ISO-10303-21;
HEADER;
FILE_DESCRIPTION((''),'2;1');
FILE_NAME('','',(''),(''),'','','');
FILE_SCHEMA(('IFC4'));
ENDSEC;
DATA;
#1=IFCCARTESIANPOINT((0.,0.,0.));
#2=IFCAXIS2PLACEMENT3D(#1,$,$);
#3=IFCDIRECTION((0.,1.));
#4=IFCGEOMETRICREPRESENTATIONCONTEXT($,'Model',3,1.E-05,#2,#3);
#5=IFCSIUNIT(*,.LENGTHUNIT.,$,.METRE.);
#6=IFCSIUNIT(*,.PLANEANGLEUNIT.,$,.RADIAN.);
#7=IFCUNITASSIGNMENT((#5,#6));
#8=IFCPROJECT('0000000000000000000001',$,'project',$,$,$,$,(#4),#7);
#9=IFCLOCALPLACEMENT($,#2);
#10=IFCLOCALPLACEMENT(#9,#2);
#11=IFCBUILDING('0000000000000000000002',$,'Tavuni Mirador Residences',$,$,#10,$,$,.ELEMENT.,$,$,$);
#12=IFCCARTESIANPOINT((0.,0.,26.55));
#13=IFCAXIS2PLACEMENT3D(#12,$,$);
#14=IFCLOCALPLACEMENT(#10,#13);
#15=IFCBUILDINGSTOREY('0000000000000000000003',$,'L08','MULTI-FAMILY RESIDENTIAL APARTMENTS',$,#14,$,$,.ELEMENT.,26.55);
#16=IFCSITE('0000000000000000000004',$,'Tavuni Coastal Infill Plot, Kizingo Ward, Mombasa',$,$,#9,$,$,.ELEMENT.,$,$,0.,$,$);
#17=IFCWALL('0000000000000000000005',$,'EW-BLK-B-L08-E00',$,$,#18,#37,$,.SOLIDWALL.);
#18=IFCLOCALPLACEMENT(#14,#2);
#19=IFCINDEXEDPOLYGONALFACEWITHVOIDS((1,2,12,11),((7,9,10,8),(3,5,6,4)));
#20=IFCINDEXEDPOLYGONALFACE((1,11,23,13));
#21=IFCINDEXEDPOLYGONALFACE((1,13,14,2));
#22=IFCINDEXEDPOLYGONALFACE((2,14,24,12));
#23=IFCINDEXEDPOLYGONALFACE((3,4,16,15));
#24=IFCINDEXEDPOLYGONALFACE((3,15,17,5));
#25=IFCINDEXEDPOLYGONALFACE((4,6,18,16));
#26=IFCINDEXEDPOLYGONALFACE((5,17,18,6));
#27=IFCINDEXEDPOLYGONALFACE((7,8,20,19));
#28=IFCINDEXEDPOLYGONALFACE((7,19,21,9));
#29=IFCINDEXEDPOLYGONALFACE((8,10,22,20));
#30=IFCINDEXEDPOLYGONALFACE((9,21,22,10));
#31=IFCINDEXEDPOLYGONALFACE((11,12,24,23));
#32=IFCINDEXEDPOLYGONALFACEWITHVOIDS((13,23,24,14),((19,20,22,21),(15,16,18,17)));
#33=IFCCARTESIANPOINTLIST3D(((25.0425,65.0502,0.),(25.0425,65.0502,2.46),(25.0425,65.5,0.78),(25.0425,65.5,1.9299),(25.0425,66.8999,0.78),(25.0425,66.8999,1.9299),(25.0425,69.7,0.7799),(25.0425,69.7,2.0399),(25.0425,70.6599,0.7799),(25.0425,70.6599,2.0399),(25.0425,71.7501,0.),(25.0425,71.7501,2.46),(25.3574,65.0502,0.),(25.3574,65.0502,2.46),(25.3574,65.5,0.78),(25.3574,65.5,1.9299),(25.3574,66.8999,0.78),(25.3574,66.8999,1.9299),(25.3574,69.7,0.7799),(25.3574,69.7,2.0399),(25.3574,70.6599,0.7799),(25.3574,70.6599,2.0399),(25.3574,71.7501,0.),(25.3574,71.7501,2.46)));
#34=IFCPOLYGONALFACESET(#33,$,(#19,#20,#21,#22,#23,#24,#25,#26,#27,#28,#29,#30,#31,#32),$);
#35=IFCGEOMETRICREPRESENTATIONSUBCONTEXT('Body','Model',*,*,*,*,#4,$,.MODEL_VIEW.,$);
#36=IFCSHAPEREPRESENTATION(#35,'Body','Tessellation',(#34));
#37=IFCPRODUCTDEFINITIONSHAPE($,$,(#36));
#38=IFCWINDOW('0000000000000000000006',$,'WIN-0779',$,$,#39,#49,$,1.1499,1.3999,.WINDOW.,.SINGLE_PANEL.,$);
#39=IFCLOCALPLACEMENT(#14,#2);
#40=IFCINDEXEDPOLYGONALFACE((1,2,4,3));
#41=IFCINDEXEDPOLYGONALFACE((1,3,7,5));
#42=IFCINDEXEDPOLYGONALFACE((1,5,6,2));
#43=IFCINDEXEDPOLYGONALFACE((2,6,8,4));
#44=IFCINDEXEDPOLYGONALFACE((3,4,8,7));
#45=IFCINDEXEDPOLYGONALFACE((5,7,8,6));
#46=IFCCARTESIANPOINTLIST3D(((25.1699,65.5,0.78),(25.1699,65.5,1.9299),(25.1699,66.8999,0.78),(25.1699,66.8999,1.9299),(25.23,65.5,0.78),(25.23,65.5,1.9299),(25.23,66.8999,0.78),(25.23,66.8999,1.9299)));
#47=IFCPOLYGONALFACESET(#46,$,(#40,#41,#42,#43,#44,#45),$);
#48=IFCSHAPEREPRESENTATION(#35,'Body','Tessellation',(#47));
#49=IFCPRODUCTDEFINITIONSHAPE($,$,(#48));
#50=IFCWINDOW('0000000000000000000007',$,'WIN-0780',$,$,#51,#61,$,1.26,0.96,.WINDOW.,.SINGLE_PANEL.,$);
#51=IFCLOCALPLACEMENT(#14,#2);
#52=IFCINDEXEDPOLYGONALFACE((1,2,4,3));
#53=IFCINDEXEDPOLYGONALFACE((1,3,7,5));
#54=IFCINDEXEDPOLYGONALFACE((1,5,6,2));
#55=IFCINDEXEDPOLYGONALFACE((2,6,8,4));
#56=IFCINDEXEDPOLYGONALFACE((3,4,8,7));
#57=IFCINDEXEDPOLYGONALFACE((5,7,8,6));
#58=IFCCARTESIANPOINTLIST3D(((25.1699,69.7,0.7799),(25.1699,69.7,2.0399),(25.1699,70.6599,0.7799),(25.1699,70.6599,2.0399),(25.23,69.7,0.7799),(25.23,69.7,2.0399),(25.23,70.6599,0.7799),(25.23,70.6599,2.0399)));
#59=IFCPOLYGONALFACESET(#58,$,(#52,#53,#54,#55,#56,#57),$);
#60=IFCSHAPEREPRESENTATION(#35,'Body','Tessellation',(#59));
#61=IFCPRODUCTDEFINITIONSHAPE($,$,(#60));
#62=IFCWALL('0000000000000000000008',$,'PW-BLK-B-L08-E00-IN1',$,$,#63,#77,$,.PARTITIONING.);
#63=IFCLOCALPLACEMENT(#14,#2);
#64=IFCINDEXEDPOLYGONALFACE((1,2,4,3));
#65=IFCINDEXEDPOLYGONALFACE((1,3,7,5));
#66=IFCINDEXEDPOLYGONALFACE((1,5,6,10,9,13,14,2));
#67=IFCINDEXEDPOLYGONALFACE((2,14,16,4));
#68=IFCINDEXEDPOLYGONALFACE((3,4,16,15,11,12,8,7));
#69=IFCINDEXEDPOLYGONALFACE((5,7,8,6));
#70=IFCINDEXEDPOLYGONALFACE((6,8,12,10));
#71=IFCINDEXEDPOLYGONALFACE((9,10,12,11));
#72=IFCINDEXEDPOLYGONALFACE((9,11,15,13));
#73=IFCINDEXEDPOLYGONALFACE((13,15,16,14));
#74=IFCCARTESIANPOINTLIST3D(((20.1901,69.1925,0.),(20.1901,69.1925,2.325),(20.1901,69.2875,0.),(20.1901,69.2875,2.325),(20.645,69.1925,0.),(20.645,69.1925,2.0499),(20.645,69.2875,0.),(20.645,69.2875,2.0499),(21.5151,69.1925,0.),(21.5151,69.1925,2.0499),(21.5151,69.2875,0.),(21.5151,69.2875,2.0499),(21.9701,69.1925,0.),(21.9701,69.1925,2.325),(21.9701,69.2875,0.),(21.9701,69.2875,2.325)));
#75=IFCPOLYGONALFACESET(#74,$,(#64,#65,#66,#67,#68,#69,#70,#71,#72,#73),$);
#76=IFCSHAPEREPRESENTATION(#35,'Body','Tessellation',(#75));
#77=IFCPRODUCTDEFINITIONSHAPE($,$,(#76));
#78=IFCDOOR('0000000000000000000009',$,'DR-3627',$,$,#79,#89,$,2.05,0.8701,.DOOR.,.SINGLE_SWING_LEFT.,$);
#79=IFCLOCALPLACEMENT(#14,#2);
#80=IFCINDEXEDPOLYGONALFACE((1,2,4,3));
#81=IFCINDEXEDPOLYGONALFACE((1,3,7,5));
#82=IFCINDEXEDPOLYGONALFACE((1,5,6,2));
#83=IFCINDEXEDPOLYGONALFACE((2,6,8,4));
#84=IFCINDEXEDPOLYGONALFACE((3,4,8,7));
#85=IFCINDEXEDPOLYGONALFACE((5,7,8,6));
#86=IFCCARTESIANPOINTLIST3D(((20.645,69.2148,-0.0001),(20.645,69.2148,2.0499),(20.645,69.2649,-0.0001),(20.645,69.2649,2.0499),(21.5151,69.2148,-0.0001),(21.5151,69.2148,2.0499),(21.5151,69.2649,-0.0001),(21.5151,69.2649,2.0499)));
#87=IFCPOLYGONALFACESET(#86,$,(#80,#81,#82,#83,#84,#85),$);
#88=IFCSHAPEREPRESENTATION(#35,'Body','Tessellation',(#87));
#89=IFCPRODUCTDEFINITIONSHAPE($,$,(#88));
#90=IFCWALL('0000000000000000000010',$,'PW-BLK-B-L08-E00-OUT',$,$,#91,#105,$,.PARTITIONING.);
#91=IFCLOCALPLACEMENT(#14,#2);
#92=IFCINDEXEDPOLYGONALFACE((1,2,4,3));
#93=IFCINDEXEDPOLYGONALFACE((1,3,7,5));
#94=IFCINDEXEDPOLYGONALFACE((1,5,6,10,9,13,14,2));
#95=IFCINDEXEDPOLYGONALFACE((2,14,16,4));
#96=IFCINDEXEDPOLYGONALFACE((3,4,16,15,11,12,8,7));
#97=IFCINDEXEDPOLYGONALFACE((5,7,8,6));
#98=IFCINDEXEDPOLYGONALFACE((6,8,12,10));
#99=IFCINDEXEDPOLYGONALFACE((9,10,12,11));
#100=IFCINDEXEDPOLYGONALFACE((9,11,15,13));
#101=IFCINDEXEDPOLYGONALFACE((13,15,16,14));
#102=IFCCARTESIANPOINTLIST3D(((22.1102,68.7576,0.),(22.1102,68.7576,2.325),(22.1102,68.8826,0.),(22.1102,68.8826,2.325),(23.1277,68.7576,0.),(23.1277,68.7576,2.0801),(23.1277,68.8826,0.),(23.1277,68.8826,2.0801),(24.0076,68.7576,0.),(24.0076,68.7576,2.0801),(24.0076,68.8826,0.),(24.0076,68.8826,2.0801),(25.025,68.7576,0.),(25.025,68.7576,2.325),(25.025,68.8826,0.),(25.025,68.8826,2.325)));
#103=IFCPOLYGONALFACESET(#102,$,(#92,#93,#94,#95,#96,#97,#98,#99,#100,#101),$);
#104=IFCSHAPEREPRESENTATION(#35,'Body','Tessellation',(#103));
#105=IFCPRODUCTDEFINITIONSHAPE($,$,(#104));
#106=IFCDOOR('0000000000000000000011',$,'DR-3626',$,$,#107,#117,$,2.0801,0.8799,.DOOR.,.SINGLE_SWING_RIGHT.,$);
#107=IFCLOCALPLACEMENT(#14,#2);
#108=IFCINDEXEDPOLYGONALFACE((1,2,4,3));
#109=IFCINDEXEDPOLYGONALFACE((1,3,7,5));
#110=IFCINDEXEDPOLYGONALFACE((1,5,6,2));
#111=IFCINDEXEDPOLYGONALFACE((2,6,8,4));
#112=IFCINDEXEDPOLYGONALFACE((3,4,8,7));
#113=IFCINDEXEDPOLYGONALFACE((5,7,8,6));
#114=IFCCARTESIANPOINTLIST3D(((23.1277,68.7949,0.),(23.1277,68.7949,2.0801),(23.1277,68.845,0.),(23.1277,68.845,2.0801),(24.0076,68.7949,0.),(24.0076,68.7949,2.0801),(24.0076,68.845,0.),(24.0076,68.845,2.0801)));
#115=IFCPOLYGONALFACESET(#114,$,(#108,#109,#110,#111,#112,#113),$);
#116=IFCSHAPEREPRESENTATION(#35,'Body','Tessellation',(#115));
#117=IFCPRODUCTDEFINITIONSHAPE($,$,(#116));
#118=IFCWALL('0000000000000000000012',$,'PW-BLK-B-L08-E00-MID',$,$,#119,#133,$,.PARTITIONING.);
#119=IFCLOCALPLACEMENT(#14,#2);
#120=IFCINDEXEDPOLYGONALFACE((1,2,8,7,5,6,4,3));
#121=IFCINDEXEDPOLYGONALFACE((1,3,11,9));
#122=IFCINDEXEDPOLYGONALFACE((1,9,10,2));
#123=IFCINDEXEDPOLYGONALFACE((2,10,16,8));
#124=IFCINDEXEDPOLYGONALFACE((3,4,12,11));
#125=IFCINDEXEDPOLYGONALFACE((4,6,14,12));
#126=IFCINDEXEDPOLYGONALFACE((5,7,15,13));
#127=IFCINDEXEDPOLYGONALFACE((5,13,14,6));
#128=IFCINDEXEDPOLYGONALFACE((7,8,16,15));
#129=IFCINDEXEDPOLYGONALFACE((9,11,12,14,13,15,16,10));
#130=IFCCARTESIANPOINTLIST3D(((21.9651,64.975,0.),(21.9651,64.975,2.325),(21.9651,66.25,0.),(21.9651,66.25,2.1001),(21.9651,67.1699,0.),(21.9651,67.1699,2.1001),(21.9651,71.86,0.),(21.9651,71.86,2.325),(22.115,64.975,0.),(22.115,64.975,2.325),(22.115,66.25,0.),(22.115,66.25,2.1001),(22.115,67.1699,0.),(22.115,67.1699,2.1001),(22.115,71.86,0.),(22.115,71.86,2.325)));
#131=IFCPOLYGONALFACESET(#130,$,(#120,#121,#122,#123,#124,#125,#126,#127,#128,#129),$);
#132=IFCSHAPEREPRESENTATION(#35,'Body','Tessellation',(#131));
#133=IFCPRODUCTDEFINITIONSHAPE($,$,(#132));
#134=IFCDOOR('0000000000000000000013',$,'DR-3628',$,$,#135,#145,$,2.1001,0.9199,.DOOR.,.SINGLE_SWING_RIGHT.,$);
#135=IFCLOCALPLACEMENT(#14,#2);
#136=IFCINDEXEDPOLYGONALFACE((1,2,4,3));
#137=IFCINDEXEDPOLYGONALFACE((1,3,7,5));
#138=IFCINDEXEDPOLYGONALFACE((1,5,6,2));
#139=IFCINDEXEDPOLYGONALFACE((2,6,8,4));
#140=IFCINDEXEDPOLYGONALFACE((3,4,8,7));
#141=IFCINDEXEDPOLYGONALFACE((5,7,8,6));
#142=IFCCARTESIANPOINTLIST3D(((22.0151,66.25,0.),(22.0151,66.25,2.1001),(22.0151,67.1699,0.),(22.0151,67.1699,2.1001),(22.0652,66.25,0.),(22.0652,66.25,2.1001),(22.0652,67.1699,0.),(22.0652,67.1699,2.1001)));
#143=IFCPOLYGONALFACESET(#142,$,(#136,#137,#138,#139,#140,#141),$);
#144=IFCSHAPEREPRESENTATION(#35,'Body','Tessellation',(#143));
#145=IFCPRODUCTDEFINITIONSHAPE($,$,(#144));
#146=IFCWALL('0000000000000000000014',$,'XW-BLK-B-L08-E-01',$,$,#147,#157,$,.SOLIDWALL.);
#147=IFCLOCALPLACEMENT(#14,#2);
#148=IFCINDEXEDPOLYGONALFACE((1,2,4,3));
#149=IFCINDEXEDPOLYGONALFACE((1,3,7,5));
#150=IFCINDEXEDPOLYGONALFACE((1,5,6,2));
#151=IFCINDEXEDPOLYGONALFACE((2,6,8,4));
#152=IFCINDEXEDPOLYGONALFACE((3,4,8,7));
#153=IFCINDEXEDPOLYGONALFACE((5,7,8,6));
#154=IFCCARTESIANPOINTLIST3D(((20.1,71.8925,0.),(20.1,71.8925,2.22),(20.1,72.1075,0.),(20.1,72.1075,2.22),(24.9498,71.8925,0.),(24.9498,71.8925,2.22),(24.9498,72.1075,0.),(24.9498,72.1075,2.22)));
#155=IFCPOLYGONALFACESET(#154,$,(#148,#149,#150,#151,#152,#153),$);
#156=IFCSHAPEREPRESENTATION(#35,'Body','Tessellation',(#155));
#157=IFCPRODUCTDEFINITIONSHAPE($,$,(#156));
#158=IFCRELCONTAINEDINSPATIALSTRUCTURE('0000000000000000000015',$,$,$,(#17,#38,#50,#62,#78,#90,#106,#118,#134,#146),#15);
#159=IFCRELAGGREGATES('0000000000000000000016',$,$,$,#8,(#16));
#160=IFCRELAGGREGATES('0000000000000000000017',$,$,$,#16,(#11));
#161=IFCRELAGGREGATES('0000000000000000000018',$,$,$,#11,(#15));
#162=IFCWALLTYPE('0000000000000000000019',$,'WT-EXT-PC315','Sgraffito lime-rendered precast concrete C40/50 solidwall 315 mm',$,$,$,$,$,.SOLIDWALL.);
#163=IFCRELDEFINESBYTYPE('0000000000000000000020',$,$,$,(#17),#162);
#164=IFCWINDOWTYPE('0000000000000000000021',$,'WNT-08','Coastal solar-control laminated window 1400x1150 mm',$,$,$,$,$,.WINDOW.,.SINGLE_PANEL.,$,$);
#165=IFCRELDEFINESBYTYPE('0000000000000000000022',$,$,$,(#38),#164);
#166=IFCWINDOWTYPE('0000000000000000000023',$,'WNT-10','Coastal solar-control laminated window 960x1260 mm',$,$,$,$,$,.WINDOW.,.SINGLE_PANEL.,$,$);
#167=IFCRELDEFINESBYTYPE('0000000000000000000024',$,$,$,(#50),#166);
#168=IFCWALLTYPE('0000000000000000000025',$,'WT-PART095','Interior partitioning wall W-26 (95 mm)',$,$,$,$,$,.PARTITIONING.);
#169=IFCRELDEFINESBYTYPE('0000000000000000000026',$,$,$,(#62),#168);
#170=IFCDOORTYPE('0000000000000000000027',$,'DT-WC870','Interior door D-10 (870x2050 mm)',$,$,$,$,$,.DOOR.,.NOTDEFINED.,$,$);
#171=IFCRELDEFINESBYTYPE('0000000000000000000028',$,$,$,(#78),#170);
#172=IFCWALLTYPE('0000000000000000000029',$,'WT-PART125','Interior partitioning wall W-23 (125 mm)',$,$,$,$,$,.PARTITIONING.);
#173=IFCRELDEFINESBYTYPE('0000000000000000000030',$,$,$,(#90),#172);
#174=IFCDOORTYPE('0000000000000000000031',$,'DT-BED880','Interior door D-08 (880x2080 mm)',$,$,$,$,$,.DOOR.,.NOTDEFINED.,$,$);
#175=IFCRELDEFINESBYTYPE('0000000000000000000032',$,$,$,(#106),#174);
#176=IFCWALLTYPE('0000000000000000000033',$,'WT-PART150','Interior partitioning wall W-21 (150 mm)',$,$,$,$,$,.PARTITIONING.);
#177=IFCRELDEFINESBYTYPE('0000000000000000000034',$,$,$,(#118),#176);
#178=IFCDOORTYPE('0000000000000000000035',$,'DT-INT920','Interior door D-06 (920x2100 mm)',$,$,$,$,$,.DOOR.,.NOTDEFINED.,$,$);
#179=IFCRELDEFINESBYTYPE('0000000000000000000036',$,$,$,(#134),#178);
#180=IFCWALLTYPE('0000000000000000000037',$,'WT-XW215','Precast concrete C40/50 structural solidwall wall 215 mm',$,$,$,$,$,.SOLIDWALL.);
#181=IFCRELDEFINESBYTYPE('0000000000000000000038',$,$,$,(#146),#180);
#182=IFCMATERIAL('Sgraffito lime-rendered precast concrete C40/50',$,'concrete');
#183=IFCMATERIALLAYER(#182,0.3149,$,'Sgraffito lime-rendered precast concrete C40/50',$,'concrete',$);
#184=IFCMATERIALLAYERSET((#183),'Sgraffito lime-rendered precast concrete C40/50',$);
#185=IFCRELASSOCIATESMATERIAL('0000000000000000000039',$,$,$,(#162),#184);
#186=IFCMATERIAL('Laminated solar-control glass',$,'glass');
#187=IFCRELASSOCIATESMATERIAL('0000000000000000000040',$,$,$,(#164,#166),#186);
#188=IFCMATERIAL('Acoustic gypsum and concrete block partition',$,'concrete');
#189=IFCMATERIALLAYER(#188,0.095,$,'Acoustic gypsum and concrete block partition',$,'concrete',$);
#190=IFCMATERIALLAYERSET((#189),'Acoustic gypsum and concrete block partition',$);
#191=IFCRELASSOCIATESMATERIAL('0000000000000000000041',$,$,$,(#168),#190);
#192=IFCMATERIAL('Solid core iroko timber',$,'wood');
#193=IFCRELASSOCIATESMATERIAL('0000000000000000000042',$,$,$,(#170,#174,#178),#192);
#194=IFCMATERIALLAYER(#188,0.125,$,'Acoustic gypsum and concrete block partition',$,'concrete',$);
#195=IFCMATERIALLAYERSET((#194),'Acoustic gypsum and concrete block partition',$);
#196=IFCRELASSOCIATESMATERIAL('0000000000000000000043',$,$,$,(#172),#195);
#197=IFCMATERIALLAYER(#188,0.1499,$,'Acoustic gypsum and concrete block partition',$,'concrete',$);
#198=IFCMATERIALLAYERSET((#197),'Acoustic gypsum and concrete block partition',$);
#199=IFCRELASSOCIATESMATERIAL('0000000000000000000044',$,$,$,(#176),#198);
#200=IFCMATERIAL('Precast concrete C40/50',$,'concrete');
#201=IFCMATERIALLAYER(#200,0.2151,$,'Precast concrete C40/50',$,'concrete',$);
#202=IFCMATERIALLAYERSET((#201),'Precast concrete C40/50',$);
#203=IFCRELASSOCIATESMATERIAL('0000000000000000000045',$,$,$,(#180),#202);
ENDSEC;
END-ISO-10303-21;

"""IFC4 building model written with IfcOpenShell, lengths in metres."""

from ifc_helpers import new_model, si_unit, direction, frame, frame_2d, origin, place, context, subcontext, project, spatial, rectangle, extrude, material, layer, layer_set, type_object, element, fill, save


model = new_model("IFC4")

# Units and contexts
model_context = context("Model", 3, precision=1e-05, world=origin(), true_north=direction((0.0, 1.0)))
body_context = subcontext(model_context, "Body", "Model", "MODEL_VIEW")
ifc_project = project(units=[si_unit("LENGTHUNIT", "METRE"), si_unit("PLANEANGLEUNIT", "RADIAN")], contexts=[model_context])

# Site, building, storey
site_placement = place(None, origin())
site = spatial("IfcSite", under=ifc_project, at=site_placement, Name="Tavuni Coastal Infill Plot, Kizingo Ward, Mombasa", CompositionType="ELEMENT", RefElevation=0.0)
building_placement = place(site_placement, origin())
building = spatial("IfcBuilding", under=site, at=building_placement, Name="Tavuni Mirador Residences", CompositionType="ELEMENT")
storey_placement = place(building_placement, frame((0.0, 0.0, 26.55)))
storey = spatial("IfcBuildingStorey", under=building, at=storey_placement, Name="L08", Description="MULTI-FAMILY RESIDENTIAL APARTMENTS", CompositionType="ELEMENT", Elevation=26.55)

# Shared definitions
ifc_material_1 = material(Name="Precast concrete C40/50", Category="concrete")

# Shared definitions
ifc_material_2 = material(Name="Solid core iroko timber", Category="wood")

# Wall, openings, windows
ifc_material_3 = material(Name="Sgraffito lime-rendered precast concrete C40/50", Category="concrete")
ifc_material_4 = material(Name="Laminated solar-control glass", Category="glass")
ifc_layer_1 = layer(ifc_material_3, 0.3149, Name="Sgraffito lime-rendered precast concrete C40/50", Category="concrete")
ifc_layer_set_1 = layer_set([ifc_layer_1], Name="Sgraffito lime-rendered precast concrete C40/50")
wall_type_1 = type_object("IfcWallType", Name="WT-EXT-PC315", Description="Sgraffito lime-rendered precast concrete C40/50 solidwall 315 mm", PredefinedType="SOLIDWALL", material=ifc_layer_set_1)
wall_1_placement = place(storey_placement, frame((25.2, 65.05, 0.0), z_axis=(0.0, 0.0, 1.0), x_axis=(0.0, 1.0, 0.0)))
wall_1 = element("IfcWall", 1, at=wall_1_placement, inside=storey, type_object=wall_type_1, Name="EW-BLK-B-L08-E00", PredefinedType="SOLIDWALL", context=body_context, shape_type="SweptSolid", body=[
    extrude(rectangle(XDim=6.7, YDim=0.3149, at=frame_2d((3.3501, 0.0))), origin(), (0.0, 0.0, 1.0), 2.46),
])
opening_1_placement = place(wall_1_placement, frame((0.45, 0.0, 0.78)))
opening_1 = element("IfcOpeningElement", 2, at=opening_1_placement, cuts=wall_1, PredefinedType="OPENING", context=body_context, shape_type="SweptSolid", body=[
    extrude(rectangle(XDim=1.3999, YDim=1.1499, at=frame_2d((0.7, 0.575))), frame((0.0, 0.1675, 0.0), z_axis=(0.0, -1.0, 0.0), x_axis=(1.0, 0.0, 0.0)), (0.0, 0.0, 1.0), 0.335),
])
opening_2_placement = place(wall_1_placement, frame((4.6499, 0.0, 0.78)))
opening_2 = element("IfcOpeningElement", 3, at=opening_2_placement, cuts=wall_1, PredefinedType="OPENING", context=body_context, shape_type="SweptSolid", body=[
    extrude(rectangle(XDim=0.96, YDim=1.26, at=frame_2d((0.48, 0.6299))), frame((0.0, 0.1675, 0.0), z_axis=(0.0, -1.0, 0.0), x_axis=(1.0, 0.0, 0.0)), (0.0, 0.0, 1.0), 0.335),
])
window_type_1 = type_object("IfcWindowType", Name="WNT-08", Description="Coastal solar-control laminated window 1400x1150 mm", PartitioningType="SINGLE_PANEL", PredefinedType="WINDOW", material=ifc_material_4)
window_1_placement = place(opening_1_placement, origin())
window_1 = element("IfcWindow", 4, at=window_1_placement, inside=storey, type_object=window_type_1, Name="WIN-0779", OverallHeight=1.1499, OverallWidth=1.3999, PartitioningType="SINGLE_PANEL", PredefinedType="WINDOW", context=body_context, shape_type="SweptSolid", body=[
    extrude(rectangle(XDim=1.3999, YDim=1.1499, at=frame_2d((0.7, 0.575))), frame((0.0, 0.03, 0.0), z_axis=(0.0, -1.0, 0.0), x_axis=(1.0, 0.0, 0.0)), (0.0, 0.0, 1.0), 0.0601),
])
fill(opening_1, window_1)
window_type_2 = type_object("IfcWindowType", Name="WNT-10", Description="Coastal solar-control laminated window 960x1260 mm", PartitioningType="SINGLE_PANEL", PredefinedType="WINDOW", material=ifc_material_4)
window_2_placement = place(opening_2_placement, origin())
window_2 = element("IfcWindow", 5, at=window_2_placement, inside=storey, type_object=window_type_2, Name="WIN-0780", OverallHeight=1.26, OverallWidth=0.96, PartitioningType="SINGLE_PANEL", PredefinedType="WINDOW", context=body_context, shape_type="SweptSolid", body=[
    extrude(rectangle(XDim=0.96, YDim=1.26, at=frame_2d((0.48, 0.6299))), frame((0.0, 0.03, 0.0), z_axis=(0.0, -1.0, 0.0), x_axis=(1.0, 0.0, 0.0)), (0.0, 0.0, 1.0), 0.0601),
])
fill(opening_2, window_2)

# Walls, openings, doors
ifc_material_5 = material(Name="Acoustic gypsum and concrete block partition", Category="concrete")
ifc_layer_2 = layer(ifc_material_5, 0.095, Name="Acoustic gypsum and concrete block partition", Category="concrete")
ifc_layer_set_2 = layer_set([ifc_layer_2], Name="Acoustic gypsum and concrete block partition")
wall_type_2 = type_object("IfcWallType", Name="WT-PART095", Description="Interior partitioning wall W-26 (95 mm)", PredefinedType="PARTITIONING", material=ifc_layer_set_2)
wall_2_placement = place(storey_placement, frame((20.1899, 69.24, 0.0), z_axis=(0.0, 0.0, 1.0), x_axis=(1.0, 0.0, 0.0)))
wall_2 = element("IfcWall", 6, at=wall_2_placement, inside=storey, type_object=wall_type_2, Name="PW-BLK-B-L08-E00-IN1", PredefinedType="PARTITIONING", context=body_context, shape_type="SweptSolid", body=[
    extrude(rectangle(XDim=1.78, YDim=0.095, at=frame_2d((0.8901, 0.0))), origin(), (0.0, 0.0, 1.0), 2.325),
])
opening_3_placement = place(wall_2_placement, frame((0.4551, 0.0, 0.0)))
opening_3 = element("IfcOpeningElement", 7, at=opening_3_placement, cuts=wall_2, PredefinedType="OPENING", context=body_context, shape_type="SweptSolid", body=[
    extrude(rectangle(XDim=0.8701, YDim=2.05, at=frame_2d((0.4351, 1.0249))), frame((0.0, 0.0576, 0.0), z_axis=(0.0, -1.0, 0.0), x_axis=(1.0, 0.0, 0.0)), (0.0, 0.0, 1.0), 0.115),
])
door_type_1 = type_object("IfcDoorType", Name="DT-WC870", Description="Interior door D-10 (870x2050 mm)", OperationType="NOTDEFINED", PredefinedType="DOOR", material=ifc_material_2)
door_1_placement = place(opening_3_placement, origin())
door_1 = element("IfcDoor", 8, at=door_1_placement, inside=storey, type_object=door_type_1, Name="DR-3627", OperationType="SINGLE_SWING_LEFT", OverallHeight=2.05, OverallWidth=0.8701, PredefinedType="DOOR", context=body_context, shape_type="SweptSolid", body=[
    extrude(rectangle(XDim=0.8701, YDim=2.05, at=frame_2d((0.4351, 1.0249))), frame((0.0, 0.0249, 0.0), z_axis=(0.0, -1.0, 0.0), x_axis=(1.0, 0.0, 0.0)), (0.0, 0.0, 1.0), 0.05),
])
fill(opening_3, door_1)
ifc_layer_3 = layer(ifc_material_5, 0.125, Name="Acoustic gypsum and concrete block partition", Category="concrete")
ifc_layer_set_3 = layer_set([ifc_layer_3], Name="Acoustic gypsum and concrete block partition")
wall_type_3 = type_object("IfcWallType", Name="WT-PART125", Description="Interior partitioning wall W-23 (125 mm)", PredefinedType="PARTITIONING", material=ifc_layer_set_3)
wall_3_placement = place(storey_placement, frame((22.1101, 68.8201, 0.0), z_axis=(0.0, 0.0, 1.0), x_axis=(1.0, 0.0, 0.0)))
wall_3 = element("IfcWall", 9, at=wall_3_placement, inside=storey, type_object=wall_type_3, Name="PW-BLK-B-L08-E00-OUT", PredefinedType="PARTITIONING", context=body_context, shape_type="SweptSolid", body=[
    extrude(rectangle(XDim=2.9148, YDim=0.125, at=frame_2d((1.4575, 0.0))), origin(), (0.0, 0.0, 1.0), 2.325),
])
opening_4_placement = place(wall_3_placement, frame((1.0176, 0.0, 0.0)))
opening_4 = element("IfcOpeningElement", 10, at=opening_4_placement, cuts=wall_3, PredefinedType="OPENING", context=body_context, shape_type="SweptSolid", body=[
    extrude(rectangle(XDim=0.8799, YDim=2.0801, at=frame_2d((0.4399, 1.04))), frame((0.0, 0.0725, 0.0), z_axis=(0.0, -1.0, 0.0), x_axis=(1.0, 0.0, 0.0)), (0.0, 0.0, 1.0), 0.145),
])
door_type_2 = type_object("IfcDoorType", Name="DT-BED880", Description="Interior door D-08 (880x2080 mm)", OperationType="NOTDEFINED", PredefinedType="DOOR", material=ifc_material_2)
door_2_placement = place(opening_4_placement, origin())
door_2 = element("IfcDoor", 11, at=door_2_placement, inside=storey, type_object=door_type_2, Name="DR-3626", OperationType="SINGLE_SWING_RIGHT", OverallHeight=2.0801, OverallWidth=0.8799, PredefinedType="DOOR", context=body_context, shape_type="SweptSolid", body=[
    extrude(rectangle(XDim=0.8799, YDim=2.0801, at=frame_2d((0.4399, 1.04))), frame((0.0, 0.0249, 0.0), z_axis=(0.0, -1.0, 0.0), x_axis=(1.0, 0.0, 0.0)), (0.0, 0.0, 1.0), 0.05),
])
fill(opening_4, door_2)
ifc_layer_4 = layer(ifc_material_5, 0.1499, Name="Acoustic gypsum and concrete block partition", Category="concrete")
ifc_layer_set_4 = layer_set([ifc_layer_4], Name="Acoustic gypsum and concrete block partition")
wall_type_4 = type_object("IfcWallType", Name="WT-PART150", Description="Interior partitioning wall W-21 (150 mm)", PredefinedType="PARTITIONING", material=ifc_layer_set_4)
wall_4_placement = place(storey_placement, frame((22.04, 64.9751, 0.0), z_axis=(0.0, 0.0, 1.0), x_axis=(0.0, 1.0, 0.0)))
wall_4 = element("IfcWall", 12, at=wall_4_placement, inside=storey, type_object=wall_type_4, Name="PW-BLK-B-L08-E00-MID", PredefinedType="PARTITIONING", context=body_context, shape_type="SweptSolid", body=[
    extrude(rectangle(XDim=6.885, YDim=0.1499, at=frame_2d((3.4424, 0.0))), origin(), (0.0, 0.0, 1.0), 2.325),
])
opening_5_placement = place(wall_4_placement, frame((1.2749, 0.0, 0.0)))
opening_5 = element("IfcOpeningElement", 13, at=opening_5_placement, cuts=wall_4, PredefinedType="OPENING", context=body_context, shape_type="SweptSolid", body=[
    extrude(rectangle(XDim=0.9199, YDim=2.1001, at=frame_2d((0.46, 1.05))), frame((0.0, 0.085, 0.0), z_axis=(0.0, -1.0, 0.0), x_axis=(1.0, 0.0, 0.0)), (0.0, 0.0, 1.0), 0.1699),
])
door_type_3 = type_object("IfcDoorType", Name="DT-INT920", Description="Interior door D-06 (920x2100 mm)", OperationType="NOTDEFINED", PredefinedType="DOOR", material=ifc_material_2)
door_3_placement = place(opening_5_placement, origin())
door_3 = element("IfcDoor", 14, at=door_3_placement, inside=storey, type_object=door_type_3, Name="DR-3628", OperationType="SINGLE_SWING_RIGHT", OverallHeight=2.1001, OverallWidth=0.9199, PredefinedType="DOOR", context=body_context, shape_type="SweptSolid", body=[
    extrude(rectangle(XDim=0.9199, YDim=2.1001, at=frame_2d((0.46, 1.05))), frame((0.0, 0.0249, 0.0), z_axis=(0.0, -1.0, 0.0), x_axis=(1.0, 0.0, 0.0)), (0.0, 0.0, 1.0), 0.05),
])
fill(opening_5, door_3)

# Wall
ifc_layer_5 = layer(ifc_material_1, 0.2151, Name="Precast concrete C40/50", Category="concrete")
ifc_layer_set_5 = layer_set([ifc_layer_5], Name="Precast concrete C40/50")
wall_type_5 = type_object("IfcWallType", Name="WT-XW215", Description="Precast concrete C40/50 structural solidwall wall 215 mm", PredefinedType="SOLIDWALL", material=ifc_layer_set_5)
wall_5_placement = place(storey_placement, frame((20.1001, 72.0, 0.0), z_axis=(0.0, 0.0, 1.0), x_axis=(1.0, 0.0, 0.0)))
element("IfcWall", 15, at=wall_5_placement, inside=storey, type_object=wall_type_5, Name="XW-BLK-B-L08-E-01", PredefinedType="SOLIDWALL", context=body_context, shape_type="SweptSolid", body=[
    extrude(rectangle(XDim=4.8499, YDim=0.2151, at=frame_2d((2.4248, 0.0))), origin(), (0.0, 0.0, 1.0), 2.22),
])

save(model, "model.ifc")
